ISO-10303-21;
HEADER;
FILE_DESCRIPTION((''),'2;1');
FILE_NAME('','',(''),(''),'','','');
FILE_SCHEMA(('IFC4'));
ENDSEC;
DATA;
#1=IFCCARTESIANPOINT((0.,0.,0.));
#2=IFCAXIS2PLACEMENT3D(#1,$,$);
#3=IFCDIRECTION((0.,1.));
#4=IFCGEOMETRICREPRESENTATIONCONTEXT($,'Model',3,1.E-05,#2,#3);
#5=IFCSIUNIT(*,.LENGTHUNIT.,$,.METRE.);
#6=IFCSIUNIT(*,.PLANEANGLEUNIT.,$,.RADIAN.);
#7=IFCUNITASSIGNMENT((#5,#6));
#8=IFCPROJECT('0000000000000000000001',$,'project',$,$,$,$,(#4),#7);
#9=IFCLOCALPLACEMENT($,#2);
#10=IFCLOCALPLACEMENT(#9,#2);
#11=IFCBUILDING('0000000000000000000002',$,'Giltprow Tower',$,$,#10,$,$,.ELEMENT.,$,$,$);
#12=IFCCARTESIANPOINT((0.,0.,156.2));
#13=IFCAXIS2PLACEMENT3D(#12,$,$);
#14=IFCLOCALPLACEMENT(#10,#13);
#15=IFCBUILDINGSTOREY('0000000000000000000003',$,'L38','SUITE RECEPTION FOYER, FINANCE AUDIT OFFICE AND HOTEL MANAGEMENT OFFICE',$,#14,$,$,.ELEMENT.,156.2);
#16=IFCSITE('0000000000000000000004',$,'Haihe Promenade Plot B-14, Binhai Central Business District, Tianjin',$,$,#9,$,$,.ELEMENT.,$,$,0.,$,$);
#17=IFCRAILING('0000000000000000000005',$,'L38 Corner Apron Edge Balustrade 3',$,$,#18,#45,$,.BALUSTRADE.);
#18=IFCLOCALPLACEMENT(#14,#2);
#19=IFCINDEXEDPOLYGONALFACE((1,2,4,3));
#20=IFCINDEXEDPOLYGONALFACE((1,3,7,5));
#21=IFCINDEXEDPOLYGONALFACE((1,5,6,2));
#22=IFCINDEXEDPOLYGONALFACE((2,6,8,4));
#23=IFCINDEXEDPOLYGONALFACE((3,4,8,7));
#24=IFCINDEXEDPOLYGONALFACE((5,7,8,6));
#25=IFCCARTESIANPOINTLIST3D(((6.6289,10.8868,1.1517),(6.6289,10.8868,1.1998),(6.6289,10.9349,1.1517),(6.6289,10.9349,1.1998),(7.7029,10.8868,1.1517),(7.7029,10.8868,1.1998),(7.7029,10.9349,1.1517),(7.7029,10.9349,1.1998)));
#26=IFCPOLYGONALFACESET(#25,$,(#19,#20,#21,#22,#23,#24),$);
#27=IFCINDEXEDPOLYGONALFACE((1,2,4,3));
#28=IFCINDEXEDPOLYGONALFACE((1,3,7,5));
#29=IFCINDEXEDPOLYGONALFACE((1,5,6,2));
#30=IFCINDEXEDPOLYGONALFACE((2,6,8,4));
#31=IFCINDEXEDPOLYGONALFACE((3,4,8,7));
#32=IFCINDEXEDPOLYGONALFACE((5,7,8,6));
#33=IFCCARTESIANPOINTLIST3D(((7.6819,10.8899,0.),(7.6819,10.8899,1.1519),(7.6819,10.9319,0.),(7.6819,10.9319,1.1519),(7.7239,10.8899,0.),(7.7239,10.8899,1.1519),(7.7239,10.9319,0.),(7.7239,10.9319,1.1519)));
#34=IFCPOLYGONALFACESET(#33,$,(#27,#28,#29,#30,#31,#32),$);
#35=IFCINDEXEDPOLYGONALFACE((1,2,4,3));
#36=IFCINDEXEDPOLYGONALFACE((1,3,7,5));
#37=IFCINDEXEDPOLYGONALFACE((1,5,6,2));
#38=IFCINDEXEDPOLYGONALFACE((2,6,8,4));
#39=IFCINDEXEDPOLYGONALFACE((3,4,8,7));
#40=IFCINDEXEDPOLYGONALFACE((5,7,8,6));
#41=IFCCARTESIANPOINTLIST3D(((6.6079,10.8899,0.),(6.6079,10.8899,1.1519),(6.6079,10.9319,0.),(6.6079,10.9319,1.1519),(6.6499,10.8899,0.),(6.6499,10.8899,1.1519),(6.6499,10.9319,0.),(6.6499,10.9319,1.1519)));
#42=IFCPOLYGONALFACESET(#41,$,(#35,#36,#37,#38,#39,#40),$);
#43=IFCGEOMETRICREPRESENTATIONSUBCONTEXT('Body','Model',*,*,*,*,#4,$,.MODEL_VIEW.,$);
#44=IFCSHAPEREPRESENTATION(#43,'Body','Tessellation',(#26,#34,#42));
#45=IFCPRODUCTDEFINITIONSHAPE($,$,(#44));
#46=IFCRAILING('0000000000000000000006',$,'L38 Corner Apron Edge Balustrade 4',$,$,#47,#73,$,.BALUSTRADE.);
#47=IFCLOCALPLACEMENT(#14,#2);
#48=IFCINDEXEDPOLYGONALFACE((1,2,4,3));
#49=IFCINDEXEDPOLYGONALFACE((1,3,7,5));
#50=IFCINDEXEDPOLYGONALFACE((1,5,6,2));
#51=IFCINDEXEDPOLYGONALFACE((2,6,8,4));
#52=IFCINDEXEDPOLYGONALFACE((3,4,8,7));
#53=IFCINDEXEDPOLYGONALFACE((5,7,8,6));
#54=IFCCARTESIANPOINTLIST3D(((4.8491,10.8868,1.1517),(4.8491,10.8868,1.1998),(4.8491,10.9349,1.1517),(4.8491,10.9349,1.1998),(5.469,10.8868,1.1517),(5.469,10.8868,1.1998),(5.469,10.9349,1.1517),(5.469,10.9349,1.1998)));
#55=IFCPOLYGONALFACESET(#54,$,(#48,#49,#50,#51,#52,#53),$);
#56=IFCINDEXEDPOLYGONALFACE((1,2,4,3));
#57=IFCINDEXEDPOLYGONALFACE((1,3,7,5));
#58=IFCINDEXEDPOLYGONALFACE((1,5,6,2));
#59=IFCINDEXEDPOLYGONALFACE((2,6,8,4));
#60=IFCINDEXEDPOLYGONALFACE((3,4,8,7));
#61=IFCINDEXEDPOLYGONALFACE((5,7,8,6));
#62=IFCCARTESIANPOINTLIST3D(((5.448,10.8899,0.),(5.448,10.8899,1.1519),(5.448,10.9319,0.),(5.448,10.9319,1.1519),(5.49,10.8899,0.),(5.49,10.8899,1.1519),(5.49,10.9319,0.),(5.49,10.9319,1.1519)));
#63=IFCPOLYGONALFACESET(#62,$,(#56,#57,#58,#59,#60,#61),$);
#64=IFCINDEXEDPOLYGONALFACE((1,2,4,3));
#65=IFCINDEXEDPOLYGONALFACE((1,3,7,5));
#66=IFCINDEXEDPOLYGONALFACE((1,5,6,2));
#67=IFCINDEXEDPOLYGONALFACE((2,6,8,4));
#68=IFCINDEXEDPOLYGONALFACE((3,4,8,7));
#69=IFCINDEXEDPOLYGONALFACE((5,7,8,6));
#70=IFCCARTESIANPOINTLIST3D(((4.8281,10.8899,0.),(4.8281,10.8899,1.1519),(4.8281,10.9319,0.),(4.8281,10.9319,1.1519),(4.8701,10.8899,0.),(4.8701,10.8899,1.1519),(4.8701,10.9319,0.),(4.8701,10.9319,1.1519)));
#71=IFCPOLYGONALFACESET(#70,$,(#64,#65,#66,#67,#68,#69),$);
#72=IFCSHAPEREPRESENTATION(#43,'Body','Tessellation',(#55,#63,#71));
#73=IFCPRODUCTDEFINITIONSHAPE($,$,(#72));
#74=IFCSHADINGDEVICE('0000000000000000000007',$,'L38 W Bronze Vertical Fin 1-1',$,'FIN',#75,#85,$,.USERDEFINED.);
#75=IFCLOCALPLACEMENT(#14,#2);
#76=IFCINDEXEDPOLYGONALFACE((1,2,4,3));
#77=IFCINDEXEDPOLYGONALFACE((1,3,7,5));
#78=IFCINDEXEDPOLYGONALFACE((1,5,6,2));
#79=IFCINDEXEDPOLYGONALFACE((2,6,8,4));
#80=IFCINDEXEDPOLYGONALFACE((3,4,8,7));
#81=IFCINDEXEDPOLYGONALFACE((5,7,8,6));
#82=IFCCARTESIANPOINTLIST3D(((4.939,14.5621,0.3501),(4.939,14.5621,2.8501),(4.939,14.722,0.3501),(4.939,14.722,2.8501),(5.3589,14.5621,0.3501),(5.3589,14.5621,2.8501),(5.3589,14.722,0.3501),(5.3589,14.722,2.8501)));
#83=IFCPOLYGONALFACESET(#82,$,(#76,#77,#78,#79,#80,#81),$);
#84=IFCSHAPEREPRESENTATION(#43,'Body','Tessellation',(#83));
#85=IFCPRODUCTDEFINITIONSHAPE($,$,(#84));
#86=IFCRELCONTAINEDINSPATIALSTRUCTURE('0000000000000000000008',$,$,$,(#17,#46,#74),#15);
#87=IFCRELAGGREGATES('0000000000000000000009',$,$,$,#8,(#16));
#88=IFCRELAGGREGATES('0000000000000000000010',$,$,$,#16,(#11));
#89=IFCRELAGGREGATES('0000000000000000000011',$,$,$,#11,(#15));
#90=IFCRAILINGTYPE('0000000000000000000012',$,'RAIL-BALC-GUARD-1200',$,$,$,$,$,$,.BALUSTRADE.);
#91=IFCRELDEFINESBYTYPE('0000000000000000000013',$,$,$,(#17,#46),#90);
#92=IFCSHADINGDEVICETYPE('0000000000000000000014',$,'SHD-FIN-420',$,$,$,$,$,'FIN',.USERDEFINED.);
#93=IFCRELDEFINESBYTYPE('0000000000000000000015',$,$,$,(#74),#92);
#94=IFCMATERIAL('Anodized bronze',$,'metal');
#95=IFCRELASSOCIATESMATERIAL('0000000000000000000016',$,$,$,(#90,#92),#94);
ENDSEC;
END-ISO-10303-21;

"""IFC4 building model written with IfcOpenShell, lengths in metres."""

from ifc_helpers import new_model, si_unit, direction, frame, origin, origin_2d, place, context, subcontext, project, spatial, rectangle, extrude, source, transform, mapped, material, type_object, element, save


model = new_model("IFC4")

# Units and contexts
model_context = context("Model", 3, precision=1e-05, world=origin(), true_north=direction((0.0, 1.0)))
body_context = subcontext(model_context, "Body", "Model", "MODEL_VIEW")
ifc_project = project(units=[si_unit("LENGTHUNIT", "METRE"), si_unit("PLANEANGLEUNIT", "RADIAN")], contexts=[model_context])

# Site, building, storey
site_placement = place(None, origin())
site = spatial("IfcSite", under=ifc_project, at=site_placement, Name="Haihe Promenade Plot B-14, Binhai Central Business District, Tianjin", CompositionType="ELEMENT", RefElevation=0.0)
building_placement = place(site_placement, origin())
building = spatial("IfcBuilding", under=site, at=building_placement, Name="Giltprow Tower", CompositionType="ELEMENT")
storey_placement = place(building_placement, frame((0.0, 0.0, 156.2)))
storey = spatial("IfcBuildingStorey", under=building, at=storey_placement, Name="L38", Description="SUITE RECEPTION FOYER, FINANCE AUDIT OFFICE AND HOTEL MANAGEMENT OFFICE", CompositionType="ELEMENT", Elevation=156.2)

# Shared definitions
ifc_material_1 = material(Name="Anodized bronze", Category="metal")

# Railings
railing_type = type_object("IfcRailingType", Name="RAIL-BALC-GUARD-1200", PredefinedType="BALUSTRADE", material=ifc_material_1)
railing_1_placement = place(storey_placement, frame((7.7029, 10.9109, 0.0)))
element("IfcRailing", 1, at=railing_1_placement, inside=storey, type_object=railing_type, Name="L38 Corner Apron Edge Balustrade 3", PredefinedType="BALUSTRADE", context=body_context, shape_type="SweptSolid", body=[
    extrude(rectangle(XDim=0.0481, YDim=0.0481, at=origin_2d()), frame((0.0, 0.0, 1.1758), z_axis=(-1.0, 0.0, 0.0), x_axis=(0.0, -1.0, 0.0)), (0.0, 0.0, 1.0), 1.074),
    extrude(rectangle(XDim=0.042, YDim=0.042, at=origin_2d()), origin(), (0.0, 0.0, 1.0), 1.1519),
    extrude(rectangle(XDim=0.042, YDim=0.042, at=origin_2d()), frame((-1.074, 0.0, 0.0)), (0.0, 0.0, 1.0), 1.1519),
])
railing_2_placement = place(storey_placement, frame((5.469, 10.9109, 0.0)))
element("IfcRailing", 2, at=railing_2_placement, inside=storey, type_object=railing_type, Name="L38 Corner Apron Edge Balustrade 4", PredefinedType="BALUSTRADE", context=body_context, shape_type="SweptSolid", body=[
    extrude(rectangle(XDim=0.0481, YDim=0.0481, at=origin_2d()), frame((0.0, 0.0, 1.1758), z_axis=(-1.0, 0.0, 0.0), x_axis=(0.0, -1.0, 0.0)), (0.0, 0.0, 1.0), 0.6199),
    extrude(rectangle(XDim=0.042, YDim=0.042, at=origin_2d()), origin(), (0.0, 0.0, 1.0), 1.1519),
    extrude(rectangle(XDim=0.042, YDim=0.042, at=origin_2d()), frame((-0.6199, 0.0, 0.0)), (0.0, 0.0, 1.0), 1.1519),
])

# Shading device
shading_device_type = type_object("IfcShadingDeviceType", Name="SHD-FIN-420", ElementType="FIN", PredefinedType="USERDEFINED", material=ifc_material_1)
shared_shape_1 = source(origin(), body_context, "Body", "SweptSolid", [
    extrude(rectangle(XDim=0.4199, YDim=0.1599, at=origin_2d()), origin(), (0.0, 0.0, 1.0), 2.5),
])
shading_device_placement = place(storey_placement, frame((5.1489, 14.6421, 0.3501), z_axis=(0.0, 0.0, 1.0), x_axis=(1.0, 0.0, 0.0)))
element("IfcShadingDevice", 3, at=shading_device_placement, inside=storey, type_object=shading_device_type, Name="L38 W Bronze Vertical Fin 1-1", ObjectType="FIN", PredefinedType="USERDEFINED", context=body_context, shape_type="MappedRepresentation", body=[
    mapped(shared_shape_1, transform((0.0, 0.0, 0.0), x_axis=(1.0, 0.0, 0.0), y_axis=(0.0, 1.0, 0.0), z_axis=(0.0, 0.0, 1.0), scale=1.0)),
])

save(model, "model.ifc")
